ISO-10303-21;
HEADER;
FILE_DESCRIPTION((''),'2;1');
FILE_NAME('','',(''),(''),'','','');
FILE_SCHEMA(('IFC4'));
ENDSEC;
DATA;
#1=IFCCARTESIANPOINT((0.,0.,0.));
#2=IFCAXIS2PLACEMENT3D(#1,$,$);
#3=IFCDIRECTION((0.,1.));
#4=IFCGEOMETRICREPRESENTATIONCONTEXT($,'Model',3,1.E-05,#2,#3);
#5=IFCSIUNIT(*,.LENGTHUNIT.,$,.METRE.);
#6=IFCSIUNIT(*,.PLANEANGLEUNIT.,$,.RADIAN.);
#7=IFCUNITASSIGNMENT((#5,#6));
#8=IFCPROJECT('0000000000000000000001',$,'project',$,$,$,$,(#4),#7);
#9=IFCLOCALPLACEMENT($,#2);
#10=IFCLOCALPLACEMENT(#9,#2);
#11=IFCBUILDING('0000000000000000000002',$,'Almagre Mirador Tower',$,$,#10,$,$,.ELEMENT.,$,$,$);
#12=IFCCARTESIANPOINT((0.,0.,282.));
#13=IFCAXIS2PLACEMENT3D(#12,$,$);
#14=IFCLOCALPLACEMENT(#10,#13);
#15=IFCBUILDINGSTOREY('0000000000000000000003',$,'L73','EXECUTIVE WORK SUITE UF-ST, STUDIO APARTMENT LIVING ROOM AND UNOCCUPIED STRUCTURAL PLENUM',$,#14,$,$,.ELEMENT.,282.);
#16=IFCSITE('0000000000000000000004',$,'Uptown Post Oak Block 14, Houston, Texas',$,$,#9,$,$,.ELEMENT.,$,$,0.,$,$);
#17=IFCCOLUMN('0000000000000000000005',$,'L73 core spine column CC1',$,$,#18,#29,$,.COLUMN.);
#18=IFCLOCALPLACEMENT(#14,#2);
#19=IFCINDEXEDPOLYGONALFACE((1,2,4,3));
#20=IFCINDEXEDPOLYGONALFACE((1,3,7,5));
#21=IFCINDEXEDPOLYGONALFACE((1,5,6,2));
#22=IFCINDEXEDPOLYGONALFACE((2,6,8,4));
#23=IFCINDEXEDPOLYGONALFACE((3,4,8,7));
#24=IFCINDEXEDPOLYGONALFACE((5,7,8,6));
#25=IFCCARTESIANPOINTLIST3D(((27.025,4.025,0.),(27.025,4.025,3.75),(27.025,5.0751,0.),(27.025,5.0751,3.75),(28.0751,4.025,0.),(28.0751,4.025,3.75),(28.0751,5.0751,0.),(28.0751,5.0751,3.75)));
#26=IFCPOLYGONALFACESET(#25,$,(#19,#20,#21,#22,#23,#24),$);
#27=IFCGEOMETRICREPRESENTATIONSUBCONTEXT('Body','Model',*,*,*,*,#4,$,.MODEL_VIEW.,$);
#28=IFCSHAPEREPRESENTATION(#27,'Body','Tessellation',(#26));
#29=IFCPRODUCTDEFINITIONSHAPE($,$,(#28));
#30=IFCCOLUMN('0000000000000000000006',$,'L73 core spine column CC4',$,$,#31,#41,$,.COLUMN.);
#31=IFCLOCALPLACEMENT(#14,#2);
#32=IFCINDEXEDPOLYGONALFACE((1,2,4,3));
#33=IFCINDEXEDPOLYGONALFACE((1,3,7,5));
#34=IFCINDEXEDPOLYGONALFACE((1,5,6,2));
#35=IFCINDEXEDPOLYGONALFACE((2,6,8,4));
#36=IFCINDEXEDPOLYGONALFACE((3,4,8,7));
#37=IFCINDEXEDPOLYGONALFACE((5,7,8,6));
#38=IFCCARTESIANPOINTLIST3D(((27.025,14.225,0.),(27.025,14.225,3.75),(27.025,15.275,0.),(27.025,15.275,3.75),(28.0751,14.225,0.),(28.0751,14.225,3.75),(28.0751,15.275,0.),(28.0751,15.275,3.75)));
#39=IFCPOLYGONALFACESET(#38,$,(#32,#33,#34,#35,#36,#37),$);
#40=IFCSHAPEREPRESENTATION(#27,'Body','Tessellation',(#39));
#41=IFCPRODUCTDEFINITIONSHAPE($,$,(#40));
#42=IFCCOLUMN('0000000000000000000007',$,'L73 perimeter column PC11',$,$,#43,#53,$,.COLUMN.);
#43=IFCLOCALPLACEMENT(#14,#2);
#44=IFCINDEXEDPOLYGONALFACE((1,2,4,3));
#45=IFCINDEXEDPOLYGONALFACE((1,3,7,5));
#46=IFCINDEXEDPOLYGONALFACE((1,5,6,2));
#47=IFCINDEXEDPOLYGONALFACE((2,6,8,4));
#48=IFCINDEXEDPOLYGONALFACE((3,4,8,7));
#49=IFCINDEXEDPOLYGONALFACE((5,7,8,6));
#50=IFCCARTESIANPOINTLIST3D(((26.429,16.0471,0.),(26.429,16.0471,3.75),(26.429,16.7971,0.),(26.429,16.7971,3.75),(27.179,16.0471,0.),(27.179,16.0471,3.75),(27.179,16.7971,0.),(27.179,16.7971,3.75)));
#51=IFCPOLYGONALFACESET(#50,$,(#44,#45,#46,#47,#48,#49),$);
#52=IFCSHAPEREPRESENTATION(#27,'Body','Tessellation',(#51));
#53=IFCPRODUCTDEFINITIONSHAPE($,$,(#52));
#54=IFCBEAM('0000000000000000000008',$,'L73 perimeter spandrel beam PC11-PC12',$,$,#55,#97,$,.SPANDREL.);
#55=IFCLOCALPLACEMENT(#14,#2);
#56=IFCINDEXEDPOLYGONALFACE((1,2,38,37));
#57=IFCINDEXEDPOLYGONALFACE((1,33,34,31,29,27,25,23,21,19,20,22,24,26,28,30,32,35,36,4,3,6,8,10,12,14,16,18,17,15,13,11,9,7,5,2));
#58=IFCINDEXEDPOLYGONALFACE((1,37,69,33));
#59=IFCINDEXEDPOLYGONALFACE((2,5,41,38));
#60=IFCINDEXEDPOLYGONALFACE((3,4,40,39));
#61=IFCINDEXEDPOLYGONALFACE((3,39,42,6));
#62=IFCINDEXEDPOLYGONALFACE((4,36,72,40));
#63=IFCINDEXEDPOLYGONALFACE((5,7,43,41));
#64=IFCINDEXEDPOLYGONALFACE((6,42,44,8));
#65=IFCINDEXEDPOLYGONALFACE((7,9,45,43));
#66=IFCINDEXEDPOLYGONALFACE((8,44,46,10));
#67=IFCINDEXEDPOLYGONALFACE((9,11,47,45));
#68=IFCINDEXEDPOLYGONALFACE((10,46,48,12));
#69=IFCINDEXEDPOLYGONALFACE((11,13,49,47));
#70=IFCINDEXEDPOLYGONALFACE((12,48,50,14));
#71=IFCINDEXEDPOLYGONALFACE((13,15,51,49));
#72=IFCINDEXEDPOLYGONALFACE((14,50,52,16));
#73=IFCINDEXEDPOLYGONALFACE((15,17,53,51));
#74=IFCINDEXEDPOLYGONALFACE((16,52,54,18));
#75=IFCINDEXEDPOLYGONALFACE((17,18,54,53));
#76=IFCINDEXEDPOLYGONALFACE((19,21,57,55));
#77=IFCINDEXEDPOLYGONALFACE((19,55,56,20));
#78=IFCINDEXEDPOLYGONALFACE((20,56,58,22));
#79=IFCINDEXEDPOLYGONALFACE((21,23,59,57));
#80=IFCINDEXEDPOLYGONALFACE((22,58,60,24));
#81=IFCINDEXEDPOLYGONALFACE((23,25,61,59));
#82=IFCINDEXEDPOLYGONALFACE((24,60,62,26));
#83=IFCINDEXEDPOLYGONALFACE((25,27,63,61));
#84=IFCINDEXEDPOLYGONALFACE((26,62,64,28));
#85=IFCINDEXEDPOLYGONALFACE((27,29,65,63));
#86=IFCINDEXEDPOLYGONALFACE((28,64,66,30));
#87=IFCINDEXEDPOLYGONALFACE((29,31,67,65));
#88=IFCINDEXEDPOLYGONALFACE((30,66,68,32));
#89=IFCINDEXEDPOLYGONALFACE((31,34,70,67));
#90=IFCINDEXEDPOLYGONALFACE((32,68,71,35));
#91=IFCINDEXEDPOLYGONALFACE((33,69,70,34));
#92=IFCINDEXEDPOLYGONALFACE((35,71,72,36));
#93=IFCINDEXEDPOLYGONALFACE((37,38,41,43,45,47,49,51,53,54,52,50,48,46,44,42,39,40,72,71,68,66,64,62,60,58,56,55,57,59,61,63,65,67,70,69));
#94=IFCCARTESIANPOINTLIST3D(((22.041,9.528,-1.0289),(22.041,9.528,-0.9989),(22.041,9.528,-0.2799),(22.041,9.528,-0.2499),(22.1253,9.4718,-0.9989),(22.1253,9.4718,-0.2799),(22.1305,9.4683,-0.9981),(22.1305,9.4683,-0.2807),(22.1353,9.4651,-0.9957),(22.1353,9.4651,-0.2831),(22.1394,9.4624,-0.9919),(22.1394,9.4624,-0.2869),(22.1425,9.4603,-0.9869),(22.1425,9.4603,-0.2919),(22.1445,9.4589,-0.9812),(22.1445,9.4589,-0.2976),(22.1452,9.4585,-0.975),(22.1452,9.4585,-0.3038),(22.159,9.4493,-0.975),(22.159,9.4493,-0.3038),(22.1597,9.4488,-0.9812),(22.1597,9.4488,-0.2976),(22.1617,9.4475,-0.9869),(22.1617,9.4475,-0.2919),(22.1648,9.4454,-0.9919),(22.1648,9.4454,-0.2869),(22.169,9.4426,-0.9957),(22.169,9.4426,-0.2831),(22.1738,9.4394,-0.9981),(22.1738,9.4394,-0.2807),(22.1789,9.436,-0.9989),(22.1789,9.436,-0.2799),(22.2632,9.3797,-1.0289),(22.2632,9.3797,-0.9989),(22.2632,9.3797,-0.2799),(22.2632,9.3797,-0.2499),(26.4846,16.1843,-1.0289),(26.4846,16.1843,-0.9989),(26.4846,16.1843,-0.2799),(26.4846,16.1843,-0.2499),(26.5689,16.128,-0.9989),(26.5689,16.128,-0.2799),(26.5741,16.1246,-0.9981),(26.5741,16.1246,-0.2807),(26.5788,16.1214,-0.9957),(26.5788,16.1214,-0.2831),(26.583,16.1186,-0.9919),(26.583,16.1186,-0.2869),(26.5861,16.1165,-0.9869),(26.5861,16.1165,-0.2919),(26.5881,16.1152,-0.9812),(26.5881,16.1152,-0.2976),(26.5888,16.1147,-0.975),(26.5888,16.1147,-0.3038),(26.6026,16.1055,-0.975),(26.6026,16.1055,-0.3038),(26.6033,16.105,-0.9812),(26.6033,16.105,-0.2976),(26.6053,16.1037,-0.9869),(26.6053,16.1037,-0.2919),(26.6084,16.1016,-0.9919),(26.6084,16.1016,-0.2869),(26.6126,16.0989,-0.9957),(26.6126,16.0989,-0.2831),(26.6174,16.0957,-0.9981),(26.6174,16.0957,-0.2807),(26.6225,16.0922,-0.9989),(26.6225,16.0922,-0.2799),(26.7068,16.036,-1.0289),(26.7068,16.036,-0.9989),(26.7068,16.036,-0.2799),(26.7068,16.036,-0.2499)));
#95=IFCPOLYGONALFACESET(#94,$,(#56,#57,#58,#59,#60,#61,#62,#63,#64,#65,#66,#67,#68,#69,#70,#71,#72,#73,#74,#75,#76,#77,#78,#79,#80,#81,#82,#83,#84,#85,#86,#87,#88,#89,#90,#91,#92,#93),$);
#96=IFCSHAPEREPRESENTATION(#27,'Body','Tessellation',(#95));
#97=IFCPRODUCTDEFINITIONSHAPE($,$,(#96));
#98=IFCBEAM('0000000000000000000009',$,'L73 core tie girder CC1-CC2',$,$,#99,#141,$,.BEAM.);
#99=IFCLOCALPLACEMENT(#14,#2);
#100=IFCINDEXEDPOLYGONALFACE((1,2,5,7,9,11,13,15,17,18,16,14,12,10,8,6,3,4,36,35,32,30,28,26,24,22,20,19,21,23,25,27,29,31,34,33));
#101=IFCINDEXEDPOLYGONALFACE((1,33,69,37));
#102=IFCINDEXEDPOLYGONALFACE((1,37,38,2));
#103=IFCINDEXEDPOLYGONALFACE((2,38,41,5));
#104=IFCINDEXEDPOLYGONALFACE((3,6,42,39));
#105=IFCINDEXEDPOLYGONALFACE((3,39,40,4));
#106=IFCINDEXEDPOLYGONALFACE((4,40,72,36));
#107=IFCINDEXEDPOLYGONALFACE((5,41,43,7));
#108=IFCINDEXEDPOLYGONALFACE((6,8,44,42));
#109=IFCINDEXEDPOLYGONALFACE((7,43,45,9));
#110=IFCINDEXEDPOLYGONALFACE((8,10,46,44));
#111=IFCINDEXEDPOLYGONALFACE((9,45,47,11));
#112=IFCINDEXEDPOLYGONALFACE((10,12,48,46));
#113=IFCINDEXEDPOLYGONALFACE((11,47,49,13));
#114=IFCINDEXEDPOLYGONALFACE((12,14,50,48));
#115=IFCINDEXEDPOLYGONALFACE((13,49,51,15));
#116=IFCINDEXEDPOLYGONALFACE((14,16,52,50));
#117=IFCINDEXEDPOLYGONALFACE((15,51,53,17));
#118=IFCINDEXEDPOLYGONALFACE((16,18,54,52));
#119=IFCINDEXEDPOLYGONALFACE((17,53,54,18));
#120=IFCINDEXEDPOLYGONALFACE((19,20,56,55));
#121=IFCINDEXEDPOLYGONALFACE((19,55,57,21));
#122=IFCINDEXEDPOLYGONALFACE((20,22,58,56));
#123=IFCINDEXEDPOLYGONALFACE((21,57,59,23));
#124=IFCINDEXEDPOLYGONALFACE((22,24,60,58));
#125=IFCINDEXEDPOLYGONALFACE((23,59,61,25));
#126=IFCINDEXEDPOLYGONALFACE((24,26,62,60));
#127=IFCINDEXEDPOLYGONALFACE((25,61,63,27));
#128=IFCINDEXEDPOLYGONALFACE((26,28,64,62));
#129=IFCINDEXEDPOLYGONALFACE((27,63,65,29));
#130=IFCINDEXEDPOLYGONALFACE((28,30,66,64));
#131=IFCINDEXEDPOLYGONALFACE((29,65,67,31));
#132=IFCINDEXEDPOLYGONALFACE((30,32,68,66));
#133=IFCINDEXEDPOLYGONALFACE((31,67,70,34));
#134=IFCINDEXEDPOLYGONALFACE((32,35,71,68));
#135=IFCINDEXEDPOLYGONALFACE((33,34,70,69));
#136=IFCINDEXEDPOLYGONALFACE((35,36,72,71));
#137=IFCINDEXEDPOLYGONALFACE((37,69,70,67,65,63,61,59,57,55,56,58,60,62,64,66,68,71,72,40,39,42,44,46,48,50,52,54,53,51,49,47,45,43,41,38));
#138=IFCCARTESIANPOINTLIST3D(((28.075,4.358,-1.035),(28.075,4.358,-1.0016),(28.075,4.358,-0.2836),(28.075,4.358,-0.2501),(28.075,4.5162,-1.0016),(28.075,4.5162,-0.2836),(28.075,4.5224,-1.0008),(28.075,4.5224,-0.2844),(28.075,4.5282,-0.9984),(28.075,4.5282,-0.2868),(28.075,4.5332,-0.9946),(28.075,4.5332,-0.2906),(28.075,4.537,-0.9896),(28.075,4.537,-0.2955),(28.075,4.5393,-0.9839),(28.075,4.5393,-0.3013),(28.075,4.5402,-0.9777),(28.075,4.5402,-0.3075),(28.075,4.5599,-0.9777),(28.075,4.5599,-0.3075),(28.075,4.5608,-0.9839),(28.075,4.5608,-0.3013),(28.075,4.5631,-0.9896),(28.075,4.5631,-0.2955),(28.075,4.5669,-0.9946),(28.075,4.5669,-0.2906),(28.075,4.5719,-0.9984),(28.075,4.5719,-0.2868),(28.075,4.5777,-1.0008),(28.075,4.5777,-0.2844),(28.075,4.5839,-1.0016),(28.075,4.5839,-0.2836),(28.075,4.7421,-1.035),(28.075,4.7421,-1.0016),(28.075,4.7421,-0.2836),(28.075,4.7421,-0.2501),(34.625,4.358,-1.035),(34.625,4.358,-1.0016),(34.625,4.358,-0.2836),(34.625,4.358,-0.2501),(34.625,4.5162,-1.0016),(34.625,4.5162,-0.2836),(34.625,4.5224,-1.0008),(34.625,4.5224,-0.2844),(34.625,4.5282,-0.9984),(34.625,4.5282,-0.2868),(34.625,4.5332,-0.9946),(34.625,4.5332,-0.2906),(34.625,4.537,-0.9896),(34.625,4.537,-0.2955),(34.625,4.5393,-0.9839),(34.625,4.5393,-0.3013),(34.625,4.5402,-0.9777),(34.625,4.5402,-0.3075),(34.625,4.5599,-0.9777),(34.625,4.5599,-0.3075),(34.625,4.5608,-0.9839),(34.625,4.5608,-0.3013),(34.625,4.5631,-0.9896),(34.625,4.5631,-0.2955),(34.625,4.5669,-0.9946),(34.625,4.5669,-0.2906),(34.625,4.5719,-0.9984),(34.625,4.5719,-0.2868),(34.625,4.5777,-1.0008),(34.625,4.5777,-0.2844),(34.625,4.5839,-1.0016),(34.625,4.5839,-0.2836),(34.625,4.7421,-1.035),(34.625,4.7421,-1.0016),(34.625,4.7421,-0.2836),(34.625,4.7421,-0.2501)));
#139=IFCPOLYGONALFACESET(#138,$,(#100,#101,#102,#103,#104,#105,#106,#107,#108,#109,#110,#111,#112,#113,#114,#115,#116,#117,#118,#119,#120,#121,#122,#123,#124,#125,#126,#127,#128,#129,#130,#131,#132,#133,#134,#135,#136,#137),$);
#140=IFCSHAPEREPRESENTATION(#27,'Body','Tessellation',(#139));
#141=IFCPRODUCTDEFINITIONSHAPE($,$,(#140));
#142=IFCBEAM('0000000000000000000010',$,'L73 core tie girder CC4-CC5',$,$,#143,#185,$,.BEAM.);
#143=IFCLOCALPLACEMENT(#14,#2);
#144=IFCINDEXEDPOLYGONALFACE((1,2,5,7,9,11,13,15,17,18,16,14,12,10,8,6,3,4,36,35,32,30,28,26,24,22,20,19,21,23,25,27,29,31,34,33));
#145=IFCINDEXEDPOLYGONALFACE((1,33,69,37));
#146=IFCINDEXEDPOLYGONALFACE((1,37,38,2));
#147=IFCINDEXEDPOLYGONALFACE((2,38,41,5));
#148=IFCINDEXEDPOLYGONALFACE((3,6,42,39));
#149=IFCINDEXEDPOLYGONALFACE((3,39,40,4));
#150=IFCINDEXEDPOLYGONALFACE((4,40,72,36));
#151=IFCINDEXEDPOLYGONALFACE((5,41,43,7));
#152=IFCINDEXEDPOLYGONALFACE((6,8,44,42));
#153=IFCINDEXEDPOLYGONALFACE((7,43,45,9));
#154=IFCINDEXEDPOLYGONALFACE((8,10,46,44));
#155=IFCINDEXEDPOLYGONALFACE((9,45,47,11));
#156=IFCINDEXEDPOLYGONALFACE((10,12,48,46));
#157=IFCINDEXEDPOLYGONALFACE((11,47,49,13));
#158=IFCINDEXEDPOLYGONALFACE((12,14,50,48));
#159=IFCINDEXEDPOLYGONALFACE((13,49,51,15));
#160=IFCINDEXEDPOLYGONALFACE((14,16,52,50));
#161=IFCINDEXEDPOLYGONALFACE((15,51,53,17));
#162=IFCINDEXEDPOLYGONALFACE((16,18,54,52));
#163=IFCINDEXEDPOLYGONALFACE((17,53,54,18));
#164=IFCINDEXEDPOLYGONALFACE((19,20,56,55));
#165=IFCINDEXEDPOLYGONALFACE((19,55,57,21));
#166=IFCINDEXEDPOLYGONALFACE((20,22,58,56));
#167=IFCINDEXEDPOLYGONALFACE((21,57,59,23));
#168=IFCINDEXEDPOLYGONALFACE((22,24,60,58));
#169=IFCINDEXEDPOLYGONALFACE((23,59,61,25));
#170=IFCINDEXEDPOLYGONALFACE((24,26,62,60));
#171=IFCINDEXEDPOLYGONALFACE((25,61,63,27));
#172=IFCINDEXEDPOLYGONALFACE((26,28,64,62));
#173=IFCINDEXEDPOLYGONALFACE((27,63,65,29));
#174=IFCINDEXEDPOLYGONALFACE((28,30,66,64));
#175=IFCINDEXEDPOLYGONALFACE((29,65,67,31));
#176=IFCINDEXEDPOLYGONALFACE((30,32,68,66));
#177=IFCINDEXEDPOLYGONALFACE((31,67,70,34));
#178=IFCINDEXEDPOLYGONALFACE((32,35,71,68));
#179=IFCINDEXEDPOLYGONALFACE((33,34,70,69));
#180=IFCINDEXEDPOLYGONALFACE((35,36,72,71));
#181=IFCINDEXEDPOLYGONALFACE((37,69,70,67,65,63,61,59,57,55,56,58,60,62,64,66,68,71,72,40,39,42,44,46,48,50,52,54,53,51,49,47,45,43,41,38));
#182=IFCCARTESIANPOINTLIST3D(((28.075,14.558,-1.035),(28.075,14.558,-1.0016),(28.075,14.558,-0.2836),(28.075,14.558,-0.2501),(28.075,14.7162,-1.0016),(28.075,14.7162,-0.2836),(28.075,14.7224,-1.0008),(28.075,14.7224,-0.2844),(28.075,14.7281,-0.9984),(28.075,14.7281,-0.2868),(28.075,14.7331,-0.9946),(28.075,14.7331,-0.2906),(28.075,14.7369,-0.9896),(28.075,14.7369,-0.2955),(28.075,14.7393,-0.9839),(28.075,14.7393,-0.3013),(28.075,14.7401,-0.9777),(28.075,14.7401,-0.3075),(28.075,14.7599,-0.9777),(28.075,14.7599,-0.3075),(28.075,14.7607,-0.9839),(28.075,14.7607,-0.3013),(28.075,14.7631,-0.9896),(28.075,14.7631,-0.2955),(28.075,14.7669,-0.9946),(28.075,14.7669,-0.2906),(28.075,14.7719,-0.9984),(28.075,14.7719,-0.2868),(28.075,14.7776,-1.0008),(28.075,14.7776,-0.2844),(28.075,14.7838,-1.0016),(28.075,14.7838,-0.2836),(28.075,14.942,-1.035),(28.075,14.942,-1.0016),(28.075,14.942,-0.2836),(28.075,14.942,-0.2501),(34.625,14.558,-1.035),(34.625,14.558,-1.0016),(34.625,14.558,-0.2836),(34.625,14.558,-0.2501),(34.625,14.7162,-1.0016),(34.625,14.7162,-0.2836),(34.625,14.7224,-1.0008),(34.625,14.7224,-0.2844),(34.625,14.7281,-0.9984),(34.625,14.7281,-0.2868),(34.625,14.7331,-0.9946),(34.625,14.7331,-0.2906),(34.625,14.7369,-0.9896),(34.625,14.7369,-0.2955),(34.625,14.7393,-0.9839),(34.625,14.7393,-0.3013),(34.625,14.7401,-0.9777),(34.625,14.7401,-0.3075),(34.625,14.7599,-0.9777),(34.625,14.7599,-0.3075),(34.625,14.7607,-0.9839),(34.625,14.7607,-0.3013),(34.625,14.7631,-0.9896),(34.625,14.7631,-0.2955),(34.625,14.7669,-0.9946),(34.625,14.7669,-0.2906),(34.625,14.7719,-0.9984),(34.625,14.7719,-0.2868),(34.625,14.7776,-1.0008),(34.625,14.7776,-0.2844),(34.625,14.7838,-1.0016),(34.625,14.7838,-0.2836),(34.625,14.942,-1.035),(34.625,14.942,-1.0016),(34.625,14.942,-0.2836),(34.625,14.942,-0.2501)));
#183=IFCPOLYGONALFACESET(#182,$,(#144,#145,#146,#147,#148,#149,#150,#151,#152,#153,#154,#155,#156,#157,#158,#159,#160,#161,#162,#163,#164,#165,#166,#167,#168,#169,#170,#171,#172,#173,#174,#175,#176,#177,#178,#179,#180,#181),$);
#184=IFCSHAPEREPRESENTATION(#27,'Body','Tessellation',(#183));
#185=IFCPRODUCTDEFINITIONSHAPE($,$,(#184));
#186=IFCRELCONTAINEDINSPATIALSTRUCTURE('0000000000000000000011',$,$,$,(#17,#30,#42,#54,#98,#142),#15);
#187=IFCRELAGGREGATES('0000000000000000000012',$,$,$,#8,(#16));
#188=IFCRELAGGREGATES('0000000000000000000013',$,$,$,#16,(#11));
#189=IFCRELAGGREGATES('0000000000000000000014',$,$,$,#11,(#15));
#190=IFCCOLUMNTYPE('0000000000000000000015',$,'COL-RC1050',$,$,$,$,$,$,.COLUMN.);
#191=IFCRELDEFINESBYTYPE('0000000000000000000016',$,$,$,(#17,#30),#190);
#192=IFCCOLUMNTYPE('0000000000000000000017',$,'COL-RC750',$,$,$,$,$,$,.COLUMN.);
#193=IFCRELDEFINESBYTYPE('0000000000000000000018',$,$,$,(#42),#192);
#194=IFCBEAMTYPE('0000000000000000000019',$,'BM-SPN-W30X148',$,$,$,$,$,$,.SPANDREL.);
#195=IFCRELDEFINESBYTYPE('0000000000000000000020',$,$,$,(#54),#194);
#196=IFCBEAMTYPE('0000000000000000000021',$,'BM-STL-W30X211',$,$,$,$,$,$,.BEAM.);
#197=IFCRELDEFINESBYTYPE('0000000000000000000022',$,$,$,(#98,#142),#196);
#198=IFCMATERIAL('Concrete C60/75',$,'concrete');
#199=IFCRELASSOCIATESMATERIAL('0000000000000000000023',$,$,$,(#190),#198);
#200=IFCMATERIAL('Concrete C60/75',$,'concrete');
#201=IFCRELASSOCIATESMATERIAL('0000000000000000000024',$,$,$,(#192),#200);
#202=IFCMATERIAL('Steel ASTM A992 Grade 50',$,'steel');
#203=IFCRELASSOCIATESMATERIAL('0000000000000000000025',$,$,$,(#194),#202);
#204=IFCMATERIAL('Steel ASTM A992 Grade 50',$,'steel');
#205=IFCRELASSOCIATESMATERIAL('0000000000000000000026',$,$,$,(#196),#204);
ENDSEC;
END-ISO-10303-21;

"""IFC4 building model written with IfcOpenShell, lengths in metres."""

from ifc_helpers import new_model, si_unit, direction, frame, origin, origin_2d, place, context, subcontext, project, spatial, rectangle, i_section, extrude, material, material_profile, profile_set, type_object, element, save


model = new_model("IFC4")

# Units and contexts
model_context = context("Model", 3, precision=1e-05, world=origin(), true_north=direction((0.0, 1.0)))
body_context = subcontext(model_context, "Body", "Model", "MODEL_VIEW")
ifc_project = project(units=[si_unit("LENGTHUNIT", "METRE"), si_unit("PLANEANGLEUNIT", "RADIAN")], contexts=[model_context])

# Site, building, storey
site_placement = place(None, origin())
site = spatial("IfcSite", under=ifc_project, at=site_placement, Name="Uptown Post Oak Block 14, Houston, Texas", CompositionType="ELEMENT", RefElevation=0.0)
building_placement = place(site_placement, origin())
building = spatial("IfcBuilding", under=site, at=building_placement, Name="Almagre Mirador Tower", CompositionType="ELEMENT")
storey_placement = place(building_placement, frame((0.0, 0.0, 282.0)))
storey = spatial("IfcBuildingStorey", under=building, at=storey_placement, Name="L73", Description="EXECUTIVE WORK SUITE UF-ST, STUDIO APARTMENT LIVING ROOM AND UNOCCUPIED STRUCTURAL PLENUM", CompositionType="ELEMENT", Elevation=282.0)

# Columns
ifc_material_1 = material(Name="Concrete C60/75", Category="concrete")
ifc_material_profile_1 = material_profile(ifc_material_1, rectangle(XDim=1.05, YDim=1.05, at=origin_2d()), Name="RC1050X1050")
ifc_profile_set_1 = profile_set([ifc_material_profile_1], Name="Concrete C60/75")
column_type_1 = type_object("IfcColumnType", Name="COL-RC1050", PredefinedType="COLUMN", material=ifc_profile_set_1)
for number, where, z_axis, x_axis, name in (
    (1, (27.55, 4.55, 0.0), (0.0, 0.0, 1.0), (1.0, 0.0, 0.0), "L73 core spine column CC1"),
    (2, (27.55, 14.75, 0.0), (0.0, 0.0, 1.0), (1.0, 0.0, 0.0), "L73 core spine column CC4"),
):
    element("IfcColumn", number, at=place(storey_placement, frame(where, z_axis=z_axis, x_axis=x_axis)), inside=storey, type_object=column_type_1, Name=name, PredefinedType="COLUMN", context=body_context, shape_type="SweptSolid", body=[
        extrude(rectangle(XDim=1.05, YDim=1.05, at=origin_2d()), origin(), (0.0, 0.0, 1.0), 3.75),
    ])
ifc_material_2 = material(Name="Concrete C60/75", Category="concrete")
ifc_material_profile_2 = material_profile(ifc_material_2, rectangle(XDim=0.75, YDim=0.75, at=origin_2d()), Name="RC750X750")
ifc_profile_set_2 = profile_set([ifc_material_profile_2], Name="Concrete C60/75")
column_type_2 = type_object("IfcColumnType", Name="COL-RC750", PredefinedType="COLUMN", material=ifc_profile_set_2)
column_placement = place(storey_placement, frame((26.804, 16.4221, 0.0), z_axis=(0.0, 0.0, 1.0), x_axis=(1.0, 0.0, 0.0)))
element("IfcColumn", 3, at=column_placement, inside=storey, type_object=column_type_2, Name="L73 perimeter column PC11", PredefinedType="COLUMN", context=body_context, shape_type="SweptSolid", body=[
    extrude(rectangle(XDim=0.75, YDim=0.75, at=origin_2d()), origin(), (0.0, 0.0, 1.0), 3.75),
])

# Beams
ifc_material_3 = material(Name="Steel ASTM A992 Grade 50", Category="steel")
ifc_material_profile_3 = material_profile(ifc_material_3, i_section(OverallWidth=0.2671, OverallDepth=0.7791, WebThickness=0.0166, FlangeThickness=0.03, FilletRadius=0.0239, at=origin_2d()), Name="W30X148")
ifc_profile_set_3 = profile_set([ifc_material_profile_3], Name="Steel ASTM A992 Grade 50")
beam_type_1 = type_object("IfcBeamType", Name="BM-SPN-W30X148", PredefinedType="SPANDREL", material=ifc_profile_set_3)
beam_1_placement = place(storey_placement, frame((26.5957, 16.1101, -0.6394), z_axis=(-0.555228, -0.831698, 0.0), x_axis=(0.831698, -0.555228, 0.0)))
element("IfcBeam", 4, at=beam_1_placement, inside=storey, type_object=beam_type_1, Name="L73 perimeter spandrel beam PC11-PC12", PredefinedType="SPANDREL", context=body_context, shape_type="SweptSolid", body=[
    extrude(i_section(OverallWidth=0.2671, OverallDepth=0.7791, WebThickness=0.0166, FlangeThickness=0.03, FilletRadius=0.0239, at=origin_2d()), origin(), (0.0, 0.0, 1.0), 8.0032),
])
ifc_material_4 = material(Name="Steel ASTM A992 Grade 50", Category="steel")
ifc_material_profile_4 = material_profile(ifc_material_4, i_section(OverallWidth=0.384, OverallDepth=0.7849, WebThickness=0.0198, FlangeThickness=0.0334, FilletRadius=0.0239, at=origin_2d()), Name="W30X211")
ifc_profile_set_4 = profile_set([ifc_material_profile_4], Name="Steel ASTM A992 Grade 50")
beam_type_2 = type_object("IfcBeamType", Name="BM-STL-W30X211", PredefinedType="BEAM", material=ifc_profile_set_4)
for number, where, z_axis, x_axis, name in (
    (5, (28.075, 4.55, -0.6426), (1.0, 0.0, 0.0), (0.0, 1.0, 0.0), "L73 core tie girder CC1-CC2"),
    (6, (28.075, 14.75, -0.6426), (1.0, 0.0, 0.0), (0.0, 1.0, 0.0), "L73 core tie girder CC4-CC5"),
):
    element("IfcBeam", number, at=place(storey_placement, frame(where, z_axis=z_axis, x_axis=x_axis)), inside=storey, type_object=beam_type_2, Name=name, PredefinedType="BEAM", context=body_context, shape_type="SweptSolid", body=[
        extrude(i_section(OverallWidth=0.384, OverallDepth=0.7849, WebThickness=0.0198, FlangeThickness=0.0334, FilletRadius=0.0239, at=origin_2d()), origin(), (0.0, 0.0, 1.0), 6.55),
    ])

save(model, "model.ifc")
